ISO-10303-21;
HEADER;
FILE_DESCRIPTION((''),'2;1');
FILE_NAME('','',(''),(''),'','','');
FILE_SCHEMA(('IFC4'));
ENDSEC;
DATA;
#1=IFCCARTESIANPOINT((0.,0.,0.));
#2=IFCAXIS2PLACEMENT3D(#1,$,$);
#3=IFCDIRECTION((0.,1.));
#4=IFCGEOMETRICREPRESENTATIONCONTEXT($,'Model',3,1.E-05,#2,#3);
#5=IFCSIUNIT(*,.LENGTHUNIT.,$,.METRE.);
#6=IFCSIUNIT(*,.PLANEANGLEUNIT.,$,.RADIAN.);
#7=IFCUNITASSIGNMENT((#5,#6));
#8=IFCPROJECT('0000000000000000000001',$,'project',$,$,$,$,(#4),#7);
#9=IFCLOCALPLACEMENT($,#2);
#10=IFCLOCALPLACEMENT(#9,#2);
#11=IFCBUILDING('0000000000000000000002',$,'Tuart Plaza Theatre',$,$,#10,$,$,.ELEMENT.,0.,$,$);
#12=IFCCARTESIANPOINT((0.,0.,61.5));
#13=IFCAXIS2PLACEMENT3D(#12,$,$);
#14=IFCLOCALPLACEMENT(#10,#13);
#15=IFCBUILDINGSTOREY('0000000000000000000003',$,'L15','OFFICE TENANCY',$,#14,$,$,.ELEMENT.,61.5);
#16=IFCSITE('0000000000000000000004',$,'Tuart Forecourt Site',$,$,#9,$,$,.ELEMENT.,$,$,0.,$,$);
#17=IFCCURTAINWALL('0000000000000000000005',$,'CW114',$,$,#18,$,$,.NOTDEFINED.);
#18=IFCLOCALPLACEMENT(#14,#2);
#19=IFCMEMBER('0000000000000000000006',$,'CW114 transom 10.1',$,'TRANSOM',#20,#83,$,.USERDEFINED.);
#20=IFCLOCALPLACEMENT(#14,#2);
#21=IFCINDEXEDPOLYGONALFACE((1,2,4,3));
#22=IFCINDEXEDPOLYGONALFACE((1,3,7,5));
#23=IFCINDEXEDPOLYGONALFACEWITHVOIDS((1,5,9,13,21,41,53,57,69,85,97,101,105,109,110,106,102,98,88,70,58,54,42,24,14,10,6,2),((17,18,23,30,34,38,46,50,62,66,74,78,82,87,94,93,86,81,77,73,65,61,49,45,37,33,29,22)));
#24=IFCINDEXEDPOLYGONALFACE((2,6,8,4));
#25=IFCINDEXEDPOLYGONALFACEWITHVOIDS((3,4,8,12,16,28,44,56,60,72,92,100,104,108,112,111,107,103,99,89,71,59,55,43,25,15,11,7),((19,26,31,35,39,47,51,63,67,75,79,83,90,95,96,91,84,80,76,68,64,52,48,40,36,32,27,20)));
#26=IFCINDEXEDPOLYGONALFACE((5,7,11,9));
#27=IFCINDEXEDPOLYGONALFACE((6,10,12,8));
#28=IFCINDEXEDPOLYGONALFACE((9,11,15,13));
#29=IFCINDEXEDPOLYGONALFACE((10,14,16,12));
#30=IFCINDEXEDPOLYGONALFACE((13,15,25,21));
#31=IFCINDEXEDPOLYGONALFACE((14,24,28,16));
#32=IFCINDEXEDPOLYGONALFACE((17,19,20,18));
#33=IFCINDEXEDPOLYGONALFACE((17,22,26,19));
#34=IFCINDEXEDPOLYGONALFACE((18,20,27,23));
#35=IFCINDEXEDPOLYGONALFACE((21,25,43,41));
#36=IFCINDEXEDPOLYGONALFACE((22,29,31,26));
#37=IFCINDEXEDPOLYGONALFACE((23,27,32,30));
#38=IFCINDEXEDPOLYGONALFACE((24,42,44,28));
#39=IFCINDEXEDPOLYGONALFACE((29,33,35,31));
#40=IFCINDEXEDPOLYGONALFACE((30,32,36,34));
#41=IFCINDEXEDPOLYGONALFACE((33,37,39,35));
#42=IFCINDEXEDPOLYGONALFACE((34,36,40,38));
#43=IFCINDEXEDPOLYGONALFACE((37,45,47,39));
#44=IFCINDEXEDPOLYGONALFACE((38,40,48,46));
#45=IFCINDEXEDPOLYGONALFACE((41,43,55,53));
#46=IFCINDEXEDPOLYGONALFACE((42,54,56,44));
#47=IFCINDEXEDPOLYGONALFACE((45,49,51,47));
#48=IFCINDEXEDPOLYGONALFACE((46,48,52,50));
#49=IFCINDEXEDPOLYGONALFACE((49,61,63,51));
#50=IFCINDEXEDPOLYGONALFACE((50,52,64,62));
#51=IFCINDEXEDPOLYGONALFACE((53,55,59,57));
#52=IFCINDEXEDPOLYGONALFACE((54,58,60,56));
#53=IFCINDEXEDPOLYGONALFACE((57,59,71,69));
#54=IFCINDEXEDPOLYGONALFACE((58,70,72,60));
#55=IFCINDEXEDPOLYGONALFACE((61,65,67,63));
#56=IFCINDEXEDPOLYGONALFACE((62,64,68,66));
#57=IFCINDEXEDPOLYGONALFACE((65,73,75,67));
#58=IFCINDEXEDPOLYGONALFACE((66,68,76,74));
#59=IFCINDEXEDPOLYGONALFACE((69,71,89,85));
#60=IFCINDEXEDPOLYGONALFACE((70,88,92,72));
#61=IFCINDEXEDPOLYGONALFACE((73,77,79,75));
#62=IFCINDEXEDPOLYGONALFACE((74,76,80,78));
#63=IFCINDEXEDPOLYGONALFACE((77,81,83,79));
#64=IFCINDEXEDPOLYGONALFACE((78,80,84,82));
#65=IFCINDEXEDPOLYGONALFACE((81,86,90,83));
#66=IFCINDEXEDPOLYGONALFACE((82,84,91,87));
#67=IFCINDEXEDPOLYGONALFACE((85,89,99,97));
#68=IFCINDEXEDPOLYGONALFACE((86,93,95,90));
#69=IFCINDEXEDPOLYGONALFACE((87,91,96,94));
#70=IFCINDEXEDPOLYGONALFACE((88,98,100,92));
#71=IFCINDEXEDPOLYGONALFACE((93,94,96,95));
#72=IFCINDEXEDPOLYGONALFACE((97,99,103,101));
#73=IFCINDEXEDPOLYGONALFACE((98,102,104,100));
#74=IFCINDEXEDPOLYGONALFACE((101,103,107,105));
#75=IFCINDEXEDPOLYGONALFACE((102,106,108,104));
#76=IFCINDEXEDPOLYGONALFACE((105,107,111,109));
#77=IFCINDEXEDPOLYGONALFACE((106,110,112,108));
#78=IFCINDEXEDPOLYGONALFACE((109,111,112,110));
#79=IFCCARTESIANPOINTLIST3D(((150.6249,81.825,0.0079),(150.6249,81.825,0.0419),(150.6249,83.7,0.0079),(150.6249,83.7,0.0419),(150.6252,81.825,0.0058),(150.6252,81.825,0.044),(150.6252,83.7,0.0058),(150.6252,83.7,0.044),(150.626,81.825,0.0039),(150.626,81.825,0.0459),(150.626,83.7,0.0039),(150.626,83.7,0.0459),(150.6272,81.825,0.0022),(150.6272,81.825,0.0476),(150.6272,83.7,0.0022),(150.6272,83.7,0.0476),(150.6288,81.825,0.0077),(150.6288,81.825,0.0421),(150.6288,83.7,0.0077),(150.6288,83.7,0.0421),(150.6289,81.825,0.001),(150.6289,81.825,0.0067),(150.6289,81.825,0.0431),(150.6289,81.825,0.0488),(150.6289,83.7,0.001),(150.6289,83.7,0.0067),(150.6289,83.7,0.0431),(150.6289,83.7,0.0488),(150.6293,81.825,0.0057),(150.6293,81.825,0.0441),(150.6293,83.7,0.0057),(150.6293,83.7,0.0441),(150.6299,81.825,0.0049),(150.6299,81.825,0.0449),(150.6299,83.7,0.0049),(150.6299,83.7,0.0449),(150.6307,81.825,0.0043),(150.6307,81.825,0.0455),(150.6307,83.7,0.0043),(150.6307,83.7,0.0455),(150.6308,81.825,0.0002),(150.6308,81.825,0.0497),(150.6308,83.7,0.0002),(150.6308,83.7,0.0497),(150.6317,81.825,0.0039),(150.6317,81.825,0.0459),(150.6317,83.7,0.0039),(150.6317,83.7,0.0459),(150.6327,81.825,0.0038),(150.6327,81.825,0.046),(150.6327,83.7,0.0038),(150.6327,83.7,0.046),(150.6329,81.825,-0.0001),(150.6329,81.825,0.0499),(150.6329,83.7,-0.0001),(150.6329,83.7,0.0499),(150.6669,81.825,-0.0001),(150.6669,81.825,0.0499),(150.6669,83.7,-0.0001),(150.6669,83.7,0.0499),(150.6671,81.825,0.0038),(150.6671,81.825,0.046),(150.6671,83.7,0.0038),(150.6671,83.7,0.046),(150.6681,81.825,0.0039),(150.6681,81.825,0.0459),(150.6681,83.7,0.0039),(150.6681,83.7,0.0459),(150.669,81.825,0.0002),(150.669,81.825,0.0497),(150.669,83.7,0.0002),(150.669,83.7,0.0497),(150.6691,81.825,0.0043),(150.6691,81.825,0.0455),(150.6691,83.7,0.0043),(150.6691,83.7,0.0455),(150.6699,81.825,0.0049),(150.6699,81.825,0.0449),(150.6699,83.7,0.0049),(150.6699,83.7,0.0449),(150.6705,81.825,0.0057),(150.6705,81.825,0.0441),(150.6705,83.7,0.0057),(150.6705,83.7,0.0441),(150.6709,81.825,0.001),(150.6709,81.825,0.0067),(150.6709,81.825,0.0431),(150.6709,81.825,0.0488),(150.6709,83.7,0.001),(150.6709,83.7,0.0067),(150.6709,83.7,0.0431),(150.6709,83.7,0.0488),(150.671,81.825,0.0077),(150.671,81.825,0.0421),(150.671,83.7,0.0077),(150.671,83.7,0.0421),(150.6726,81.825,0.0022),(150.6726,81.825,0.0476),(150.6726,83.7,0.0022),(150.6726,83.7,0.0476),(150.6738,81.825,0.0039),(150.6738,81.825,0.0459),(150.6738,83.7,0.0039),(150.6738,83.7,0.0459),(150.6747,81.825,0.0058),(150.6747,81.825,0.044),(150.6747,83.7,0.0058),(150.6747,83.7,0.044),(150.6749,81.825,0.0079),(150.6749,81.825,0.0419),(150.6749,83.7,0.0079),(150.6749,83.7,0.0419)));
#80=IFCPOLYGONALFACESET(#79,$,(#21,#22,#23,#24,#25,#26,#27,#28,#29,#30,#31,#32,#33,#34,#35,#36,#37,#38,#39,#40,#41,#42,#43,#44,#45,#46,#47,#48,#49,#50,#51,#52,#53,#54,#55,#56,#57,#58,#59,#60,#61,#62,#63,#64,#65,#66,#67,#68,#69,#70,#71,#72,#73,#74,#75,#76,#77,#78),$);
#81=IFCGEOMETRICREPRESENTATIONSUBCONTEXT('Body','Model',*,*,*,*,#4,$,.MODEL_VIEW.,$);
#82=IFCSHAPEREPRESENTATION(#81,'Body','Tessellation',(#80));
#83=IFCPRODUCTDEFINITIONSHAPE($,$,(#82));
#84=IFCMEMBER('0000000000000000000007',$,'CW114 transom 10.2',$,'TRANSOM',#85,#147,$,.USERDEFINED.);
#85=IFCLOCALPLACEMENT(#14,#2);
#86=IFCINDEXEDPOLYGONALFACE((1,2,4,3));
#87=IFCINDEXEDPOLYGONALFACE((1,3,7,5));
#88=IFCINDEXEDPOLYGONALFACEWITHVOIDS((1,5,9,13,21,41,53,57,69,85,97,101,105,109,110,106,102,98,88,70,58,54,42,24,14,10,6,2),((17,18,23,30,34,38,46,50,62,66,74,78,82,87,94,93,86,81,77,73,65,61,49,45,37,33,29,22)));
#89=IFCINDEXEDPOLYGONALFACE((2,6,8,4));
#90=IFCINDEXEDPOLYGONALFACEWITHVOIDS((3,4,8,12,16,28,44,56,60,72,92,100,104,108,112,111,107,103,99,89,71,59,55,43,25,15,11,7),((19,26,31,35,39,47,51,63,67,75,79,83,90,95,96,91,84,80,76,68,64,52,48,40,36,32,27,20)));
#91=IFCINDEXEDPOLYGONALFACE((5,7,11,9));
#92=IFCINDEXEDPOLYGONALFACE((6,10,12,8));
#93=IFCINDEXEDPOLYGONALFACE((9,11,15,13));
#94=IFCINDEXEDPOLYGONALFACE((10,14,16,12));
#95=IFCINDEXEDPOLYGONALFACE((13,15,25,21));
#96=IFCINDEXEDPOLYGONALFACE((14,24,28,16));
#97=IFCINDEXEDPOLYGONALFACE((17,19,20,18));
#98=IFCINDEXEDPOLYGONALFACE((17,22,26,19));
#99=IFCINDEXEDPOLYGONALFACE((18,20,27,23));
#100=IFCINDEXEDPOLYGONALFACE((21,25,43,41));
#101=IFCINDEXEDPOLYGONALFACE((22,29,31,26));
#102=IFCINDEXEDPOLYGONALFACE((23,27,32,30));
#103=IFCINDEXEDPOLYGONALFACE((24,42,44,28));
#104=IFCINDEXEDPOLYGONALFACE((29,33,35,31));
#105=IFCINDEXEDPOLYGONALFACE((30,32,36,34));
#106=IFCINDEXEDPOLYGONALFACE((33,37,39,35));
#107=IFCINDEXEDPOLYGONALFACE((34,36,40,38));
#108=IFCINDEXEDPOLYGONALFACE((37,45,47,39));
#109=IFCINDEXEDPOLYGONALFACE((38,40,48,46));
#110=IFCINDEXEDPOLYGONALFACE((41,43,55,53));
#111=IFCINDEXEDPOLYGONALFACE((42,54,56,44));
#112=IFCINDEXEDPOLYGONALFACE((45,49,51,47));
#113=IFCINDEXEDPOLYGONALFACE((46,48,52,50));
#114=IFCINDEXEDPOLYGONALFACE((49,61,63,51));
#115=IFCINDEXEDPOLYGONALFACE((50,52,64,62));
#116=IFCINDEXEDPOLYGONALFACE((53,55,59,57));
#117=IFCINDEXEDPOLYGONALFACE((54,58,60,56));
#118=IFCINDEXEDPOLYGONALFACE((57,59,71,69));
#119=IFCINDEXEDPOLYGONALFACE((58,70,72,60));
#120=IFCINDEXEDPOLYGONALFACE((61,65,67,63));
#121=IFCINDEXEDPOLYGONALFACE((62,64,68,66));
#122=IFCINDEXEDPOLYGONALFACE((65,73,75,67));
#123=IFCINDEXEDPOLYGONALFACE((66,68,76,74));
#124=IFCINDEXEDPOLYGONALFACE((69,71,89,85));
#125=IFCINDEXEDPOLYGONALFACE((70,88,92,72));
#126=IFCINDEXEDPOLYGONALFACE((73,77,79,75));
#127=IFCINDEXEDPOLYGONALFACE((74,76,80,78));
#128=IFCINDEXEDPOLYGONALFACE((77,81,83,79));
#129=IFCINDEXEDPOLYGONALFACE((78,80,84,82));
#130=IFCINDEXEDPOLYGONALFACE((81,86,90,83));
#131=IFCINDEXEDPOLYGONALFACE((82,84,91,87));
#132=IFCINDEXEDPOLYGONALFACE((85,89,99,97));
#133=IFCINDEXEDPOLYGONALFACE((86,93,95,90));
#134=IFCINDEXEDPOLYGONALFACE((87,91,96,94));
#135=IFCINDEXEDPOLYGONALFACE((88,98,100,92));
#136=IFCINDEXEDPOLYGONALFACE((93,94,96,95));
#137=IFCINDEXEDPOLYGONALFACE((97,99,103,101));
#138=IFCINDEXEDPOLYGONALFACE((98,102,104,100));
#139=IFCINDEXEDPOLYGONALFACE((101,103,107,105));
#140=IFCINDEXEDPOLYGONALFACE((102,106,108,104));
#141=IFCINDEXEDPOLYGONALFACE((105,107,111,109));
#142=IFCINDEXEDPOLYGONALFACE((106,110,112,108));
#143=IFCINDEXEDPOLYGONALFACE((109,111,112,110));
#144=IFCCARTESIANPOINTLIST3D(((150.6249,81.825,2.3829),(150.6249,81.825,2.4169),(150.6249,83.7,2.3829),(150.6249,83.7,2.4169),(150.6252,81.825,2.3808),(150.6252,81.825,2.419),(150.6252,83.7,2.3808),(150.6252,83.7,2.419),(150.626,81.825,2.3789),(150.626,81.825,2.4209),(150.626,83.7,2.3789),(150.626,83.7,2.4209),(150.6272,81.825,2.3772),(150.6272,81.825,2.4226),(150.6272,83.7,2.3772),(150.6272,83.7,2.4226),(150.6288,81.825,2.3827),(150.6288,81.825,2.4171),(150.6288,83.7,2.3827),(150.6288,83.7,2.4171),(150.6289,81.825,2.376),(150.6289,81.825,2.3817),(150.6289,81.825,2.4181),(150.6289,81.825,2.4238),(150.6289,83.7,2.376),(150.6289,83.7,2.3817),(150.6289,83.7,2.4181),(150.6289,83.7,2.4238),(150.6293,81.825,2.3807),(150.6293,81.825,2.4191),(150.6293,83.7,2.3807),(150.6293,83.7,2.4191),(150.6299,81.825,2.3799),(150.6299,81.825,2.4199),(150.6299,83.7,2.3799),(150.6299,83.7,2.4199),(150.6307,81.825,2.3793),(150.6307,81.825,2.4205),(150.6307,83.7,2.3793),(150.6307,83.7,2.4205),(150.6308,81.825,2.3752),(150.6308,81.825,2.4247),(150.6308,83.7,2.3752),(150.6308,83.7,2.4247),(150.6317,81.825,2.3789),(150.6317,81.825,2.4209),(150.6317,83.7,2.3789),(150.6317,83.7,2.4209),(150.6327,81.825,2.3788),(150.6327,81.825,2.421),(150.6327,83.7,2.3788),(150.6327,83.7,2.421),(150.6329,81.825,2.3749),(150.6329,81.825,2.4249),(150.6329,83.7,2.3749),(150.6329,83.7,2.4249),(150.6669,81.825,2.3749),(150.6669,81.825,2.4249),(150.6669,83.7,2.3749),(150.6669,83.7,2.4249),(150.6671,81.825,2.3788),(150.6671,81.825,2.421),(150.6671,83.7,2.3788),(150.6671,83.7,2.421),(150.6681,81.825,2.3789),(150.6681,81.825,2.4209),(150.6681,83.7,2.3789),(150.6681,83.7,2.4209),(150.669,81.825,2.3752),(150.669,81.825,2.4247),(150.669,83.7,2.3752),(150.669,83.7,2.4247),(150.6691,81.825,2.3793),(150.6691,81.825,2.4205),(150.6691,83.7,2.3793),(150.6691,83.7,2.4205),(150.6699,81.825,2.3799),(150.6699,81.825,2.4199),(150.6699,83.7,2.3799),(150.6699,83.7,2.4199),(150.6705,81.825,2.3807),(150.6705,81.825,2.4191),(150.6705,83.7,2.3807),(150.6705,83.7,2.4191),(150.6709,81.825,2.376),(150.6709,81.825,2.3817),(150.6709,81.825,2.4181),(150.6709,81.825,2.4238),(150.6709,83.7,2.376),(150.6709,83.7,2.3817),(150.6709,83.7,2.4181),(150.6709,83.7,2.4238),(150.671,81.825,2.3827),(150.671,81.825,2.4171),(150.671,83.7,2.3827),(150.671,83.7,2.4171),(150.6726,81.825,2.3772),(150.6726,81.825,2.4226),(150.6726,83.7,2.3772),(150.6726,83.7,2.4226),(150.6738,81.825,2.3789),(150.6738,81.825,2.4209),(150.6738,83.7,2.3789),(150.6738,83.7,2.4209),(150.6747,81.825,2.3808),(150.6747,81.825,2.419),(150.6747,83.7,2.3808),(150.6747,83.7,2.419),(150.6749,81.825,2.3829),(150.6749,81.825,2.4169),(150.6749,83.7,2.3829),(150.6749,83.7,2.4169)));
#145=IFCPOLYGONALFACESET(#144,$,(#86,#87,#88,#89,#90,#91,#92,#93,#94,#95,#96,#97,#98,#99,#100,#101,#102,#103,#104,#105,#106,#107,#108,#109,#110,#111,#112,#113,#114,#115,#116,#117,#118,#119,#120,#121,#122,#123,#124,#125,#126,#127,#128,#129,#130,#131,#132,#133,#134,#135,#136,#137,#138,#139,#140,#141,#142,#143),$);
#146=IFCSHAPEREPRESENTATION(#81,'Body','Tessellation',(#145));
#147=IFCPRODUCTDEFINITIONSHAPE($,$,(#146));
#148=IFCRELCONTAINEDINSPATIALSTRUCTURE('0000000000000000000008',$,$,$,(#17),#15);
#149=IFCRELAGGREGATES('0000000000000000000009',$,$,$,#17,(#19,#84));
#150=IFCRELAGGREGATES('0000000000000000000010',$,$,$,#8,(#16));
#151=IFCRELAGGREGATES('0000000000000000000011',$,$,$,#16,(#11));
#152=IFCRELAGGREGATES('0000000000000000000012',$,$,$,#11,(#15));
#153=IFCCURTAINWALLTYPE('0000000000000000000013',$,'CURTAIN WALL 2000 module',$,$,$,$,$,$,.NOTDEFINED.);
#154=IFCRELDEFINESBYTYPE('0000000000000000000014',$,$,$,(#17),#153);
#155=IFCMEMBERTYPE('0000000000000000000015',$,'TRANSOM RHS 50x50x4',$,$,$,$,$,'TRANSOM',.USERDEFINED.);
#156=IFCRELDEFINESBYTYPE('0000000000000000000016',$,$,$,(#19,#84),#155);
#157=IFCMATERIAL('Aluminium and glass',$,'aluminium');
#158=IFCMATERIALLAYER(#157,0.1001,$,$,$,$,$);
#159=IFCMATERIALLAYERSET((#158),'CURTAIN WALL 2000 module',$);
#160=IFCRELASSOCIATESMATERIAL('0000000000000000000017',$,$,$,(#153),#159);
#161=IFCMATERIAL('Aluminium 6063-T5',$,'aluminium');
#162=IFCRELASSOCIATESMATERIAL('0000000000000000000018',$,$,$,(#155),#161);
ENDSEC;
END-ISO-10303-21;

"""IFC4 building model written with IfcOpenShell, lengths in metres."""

from ifc_helpers import new_model, si_unit, direction, frame, origin, origin_2d, place, context, subcontext, project, spatial, hollow_rectangle, extrude, material, layer, layer_set, material_profile, profile_set, type_object, element, aggregate, save


model = new_model("IFC4")

# Units and contexts
model_context = context("Model", 3, precision=1e-05, world=origin(), true_north=direction((0.0, 1.0)))
body_context = subcontext(model_context, "Body", "Model", "MODEL_VIEW")
ifc_project = project(units=[si_unit("LENGTHUNIT", "METRE"), si_unit("PLANEANGLEUNIT", "RADIAN")], contexts=[model_context])

# Site, building, storey
site_placement = place(None, origin())
site = spatial("IfcSite", under=ifc_project, at=site_placement, Name="Tuart Forecourt Site", CompositionType="ELEMENT", RefElevation=0.0)
building_placement = place(site_placement, origin())
building = spatial("IfcBuilding", under=site, at=building_placement, Name="Tuart Plaza Theatre", CompositionType="ELEMENT", ElevationOfRefHeight=0.0)
storey_placement = place(building_placement, frame((0.0, 0.0, 61.5)))
storey = spatial("IfcBuildingStorey", under=building, at=storey_placement, Name="L15", Description="OFFICE TENANCY", CompositionType="ELEMENT", Elevation=61.5)

# Curtain wall
ifc_material_1 = material(Name="Aluminium and glass", Category="aluminium")
ifc_layer_1 = layer(ifc_material_1, 0.1001)
ifc_layer_set_1 = layer_set([ifc_layer_1], Name="CURTAIN WALL 2000 module")
curtain_wall_type = type_object("IfcCurtainWallType", Name="CURTAIN WALL 2000 module", PredefinedType="NOTDEFINED", material=ifc_layer_set_1)
curtain_wall_1_placement = place(storey_placement, origin())
curtain_wall_1 = element("IfcCurtainWall", 1, at=curtain_wall_1_placement, inside=storey, type_object=curtain_wall_type, Name="CW114", PredefinedType="NOTDEFINED")

# Members
ifc_material_2 = material(Name="Aluminium 6063-T5", Category="aluminium")
ifc_material_profile_1 = material_profile(ifc_material_2, hollow_rectangle(XDim=0.05, YDim=0.05, WallThickness=0.0039, InnerFilletRadius=0.0039, OuterFilletRadius=0.0081, at=origin_2d()), Name="RHS 50x50x4")
ifc_profile_set_1 = profile_set([ifc_material_profile_1], Name="Aluminium 6063-T5")
member_type_1 = type_object("IfcMemberType", Name="TRANSOM RHS 50x50x4", ElementType="TRANSOM", PredefinedType="USERDEFINED", material=ifc_profile_set_1)
member_1_placement = place(storey_placement, frame((150.6499, 81.825, 0.0249), z_axis=(0.0, 1.0, 0.0), x_axis=(-1.0, 0.0, 0.0)))
member_1 = element("IfcMember", 2, at=member_1_placement, type_object=member_type_1, Name="CW114 transom 10.1", ObjectType="TRANSOM", PredefinedType="USERDEFINED", context=body_context, shape_type="SweptSolid", body=[
    extrude(hollow_rectangle(XDim=0.05, YDim=0.05, WallThickness=0.0039, InnerFilletRadius=0.0039, OuterFilletRadius=0.0081, at=origin_2d()), origin(), (0.0, 0.0, 1.0), 1.875),
])
member_2_placement = place(storey_placement, frame((150.6499, 81.825, 2.3999), z_axis=(0.0, 1.0, 0.0), x_axis=(-1.0, 0.0, 0.0)))
member_2 = element("IfcMember", 3, at=member_2_placement, type_object=member_type_1, Name="CW114 transom 10.2", ObjectType="TRANSOM", PredefinedType="USERDEFINED", context=body_context, shape_type="SweptSolid", body=[
    extrude(hollow_rectangle(XDim=0.05, YDim=0.05, WallThickness=0.0039, InnerFilletRadius=0.0039, OuterFilletRadius=0.0081, at=origin_2d()), origin(), (0.0, 0.0, 1.0), 1.875),
])

aggregate(curtain_wall_1, [member_1, member_2])

save(model, "model.ifc")
